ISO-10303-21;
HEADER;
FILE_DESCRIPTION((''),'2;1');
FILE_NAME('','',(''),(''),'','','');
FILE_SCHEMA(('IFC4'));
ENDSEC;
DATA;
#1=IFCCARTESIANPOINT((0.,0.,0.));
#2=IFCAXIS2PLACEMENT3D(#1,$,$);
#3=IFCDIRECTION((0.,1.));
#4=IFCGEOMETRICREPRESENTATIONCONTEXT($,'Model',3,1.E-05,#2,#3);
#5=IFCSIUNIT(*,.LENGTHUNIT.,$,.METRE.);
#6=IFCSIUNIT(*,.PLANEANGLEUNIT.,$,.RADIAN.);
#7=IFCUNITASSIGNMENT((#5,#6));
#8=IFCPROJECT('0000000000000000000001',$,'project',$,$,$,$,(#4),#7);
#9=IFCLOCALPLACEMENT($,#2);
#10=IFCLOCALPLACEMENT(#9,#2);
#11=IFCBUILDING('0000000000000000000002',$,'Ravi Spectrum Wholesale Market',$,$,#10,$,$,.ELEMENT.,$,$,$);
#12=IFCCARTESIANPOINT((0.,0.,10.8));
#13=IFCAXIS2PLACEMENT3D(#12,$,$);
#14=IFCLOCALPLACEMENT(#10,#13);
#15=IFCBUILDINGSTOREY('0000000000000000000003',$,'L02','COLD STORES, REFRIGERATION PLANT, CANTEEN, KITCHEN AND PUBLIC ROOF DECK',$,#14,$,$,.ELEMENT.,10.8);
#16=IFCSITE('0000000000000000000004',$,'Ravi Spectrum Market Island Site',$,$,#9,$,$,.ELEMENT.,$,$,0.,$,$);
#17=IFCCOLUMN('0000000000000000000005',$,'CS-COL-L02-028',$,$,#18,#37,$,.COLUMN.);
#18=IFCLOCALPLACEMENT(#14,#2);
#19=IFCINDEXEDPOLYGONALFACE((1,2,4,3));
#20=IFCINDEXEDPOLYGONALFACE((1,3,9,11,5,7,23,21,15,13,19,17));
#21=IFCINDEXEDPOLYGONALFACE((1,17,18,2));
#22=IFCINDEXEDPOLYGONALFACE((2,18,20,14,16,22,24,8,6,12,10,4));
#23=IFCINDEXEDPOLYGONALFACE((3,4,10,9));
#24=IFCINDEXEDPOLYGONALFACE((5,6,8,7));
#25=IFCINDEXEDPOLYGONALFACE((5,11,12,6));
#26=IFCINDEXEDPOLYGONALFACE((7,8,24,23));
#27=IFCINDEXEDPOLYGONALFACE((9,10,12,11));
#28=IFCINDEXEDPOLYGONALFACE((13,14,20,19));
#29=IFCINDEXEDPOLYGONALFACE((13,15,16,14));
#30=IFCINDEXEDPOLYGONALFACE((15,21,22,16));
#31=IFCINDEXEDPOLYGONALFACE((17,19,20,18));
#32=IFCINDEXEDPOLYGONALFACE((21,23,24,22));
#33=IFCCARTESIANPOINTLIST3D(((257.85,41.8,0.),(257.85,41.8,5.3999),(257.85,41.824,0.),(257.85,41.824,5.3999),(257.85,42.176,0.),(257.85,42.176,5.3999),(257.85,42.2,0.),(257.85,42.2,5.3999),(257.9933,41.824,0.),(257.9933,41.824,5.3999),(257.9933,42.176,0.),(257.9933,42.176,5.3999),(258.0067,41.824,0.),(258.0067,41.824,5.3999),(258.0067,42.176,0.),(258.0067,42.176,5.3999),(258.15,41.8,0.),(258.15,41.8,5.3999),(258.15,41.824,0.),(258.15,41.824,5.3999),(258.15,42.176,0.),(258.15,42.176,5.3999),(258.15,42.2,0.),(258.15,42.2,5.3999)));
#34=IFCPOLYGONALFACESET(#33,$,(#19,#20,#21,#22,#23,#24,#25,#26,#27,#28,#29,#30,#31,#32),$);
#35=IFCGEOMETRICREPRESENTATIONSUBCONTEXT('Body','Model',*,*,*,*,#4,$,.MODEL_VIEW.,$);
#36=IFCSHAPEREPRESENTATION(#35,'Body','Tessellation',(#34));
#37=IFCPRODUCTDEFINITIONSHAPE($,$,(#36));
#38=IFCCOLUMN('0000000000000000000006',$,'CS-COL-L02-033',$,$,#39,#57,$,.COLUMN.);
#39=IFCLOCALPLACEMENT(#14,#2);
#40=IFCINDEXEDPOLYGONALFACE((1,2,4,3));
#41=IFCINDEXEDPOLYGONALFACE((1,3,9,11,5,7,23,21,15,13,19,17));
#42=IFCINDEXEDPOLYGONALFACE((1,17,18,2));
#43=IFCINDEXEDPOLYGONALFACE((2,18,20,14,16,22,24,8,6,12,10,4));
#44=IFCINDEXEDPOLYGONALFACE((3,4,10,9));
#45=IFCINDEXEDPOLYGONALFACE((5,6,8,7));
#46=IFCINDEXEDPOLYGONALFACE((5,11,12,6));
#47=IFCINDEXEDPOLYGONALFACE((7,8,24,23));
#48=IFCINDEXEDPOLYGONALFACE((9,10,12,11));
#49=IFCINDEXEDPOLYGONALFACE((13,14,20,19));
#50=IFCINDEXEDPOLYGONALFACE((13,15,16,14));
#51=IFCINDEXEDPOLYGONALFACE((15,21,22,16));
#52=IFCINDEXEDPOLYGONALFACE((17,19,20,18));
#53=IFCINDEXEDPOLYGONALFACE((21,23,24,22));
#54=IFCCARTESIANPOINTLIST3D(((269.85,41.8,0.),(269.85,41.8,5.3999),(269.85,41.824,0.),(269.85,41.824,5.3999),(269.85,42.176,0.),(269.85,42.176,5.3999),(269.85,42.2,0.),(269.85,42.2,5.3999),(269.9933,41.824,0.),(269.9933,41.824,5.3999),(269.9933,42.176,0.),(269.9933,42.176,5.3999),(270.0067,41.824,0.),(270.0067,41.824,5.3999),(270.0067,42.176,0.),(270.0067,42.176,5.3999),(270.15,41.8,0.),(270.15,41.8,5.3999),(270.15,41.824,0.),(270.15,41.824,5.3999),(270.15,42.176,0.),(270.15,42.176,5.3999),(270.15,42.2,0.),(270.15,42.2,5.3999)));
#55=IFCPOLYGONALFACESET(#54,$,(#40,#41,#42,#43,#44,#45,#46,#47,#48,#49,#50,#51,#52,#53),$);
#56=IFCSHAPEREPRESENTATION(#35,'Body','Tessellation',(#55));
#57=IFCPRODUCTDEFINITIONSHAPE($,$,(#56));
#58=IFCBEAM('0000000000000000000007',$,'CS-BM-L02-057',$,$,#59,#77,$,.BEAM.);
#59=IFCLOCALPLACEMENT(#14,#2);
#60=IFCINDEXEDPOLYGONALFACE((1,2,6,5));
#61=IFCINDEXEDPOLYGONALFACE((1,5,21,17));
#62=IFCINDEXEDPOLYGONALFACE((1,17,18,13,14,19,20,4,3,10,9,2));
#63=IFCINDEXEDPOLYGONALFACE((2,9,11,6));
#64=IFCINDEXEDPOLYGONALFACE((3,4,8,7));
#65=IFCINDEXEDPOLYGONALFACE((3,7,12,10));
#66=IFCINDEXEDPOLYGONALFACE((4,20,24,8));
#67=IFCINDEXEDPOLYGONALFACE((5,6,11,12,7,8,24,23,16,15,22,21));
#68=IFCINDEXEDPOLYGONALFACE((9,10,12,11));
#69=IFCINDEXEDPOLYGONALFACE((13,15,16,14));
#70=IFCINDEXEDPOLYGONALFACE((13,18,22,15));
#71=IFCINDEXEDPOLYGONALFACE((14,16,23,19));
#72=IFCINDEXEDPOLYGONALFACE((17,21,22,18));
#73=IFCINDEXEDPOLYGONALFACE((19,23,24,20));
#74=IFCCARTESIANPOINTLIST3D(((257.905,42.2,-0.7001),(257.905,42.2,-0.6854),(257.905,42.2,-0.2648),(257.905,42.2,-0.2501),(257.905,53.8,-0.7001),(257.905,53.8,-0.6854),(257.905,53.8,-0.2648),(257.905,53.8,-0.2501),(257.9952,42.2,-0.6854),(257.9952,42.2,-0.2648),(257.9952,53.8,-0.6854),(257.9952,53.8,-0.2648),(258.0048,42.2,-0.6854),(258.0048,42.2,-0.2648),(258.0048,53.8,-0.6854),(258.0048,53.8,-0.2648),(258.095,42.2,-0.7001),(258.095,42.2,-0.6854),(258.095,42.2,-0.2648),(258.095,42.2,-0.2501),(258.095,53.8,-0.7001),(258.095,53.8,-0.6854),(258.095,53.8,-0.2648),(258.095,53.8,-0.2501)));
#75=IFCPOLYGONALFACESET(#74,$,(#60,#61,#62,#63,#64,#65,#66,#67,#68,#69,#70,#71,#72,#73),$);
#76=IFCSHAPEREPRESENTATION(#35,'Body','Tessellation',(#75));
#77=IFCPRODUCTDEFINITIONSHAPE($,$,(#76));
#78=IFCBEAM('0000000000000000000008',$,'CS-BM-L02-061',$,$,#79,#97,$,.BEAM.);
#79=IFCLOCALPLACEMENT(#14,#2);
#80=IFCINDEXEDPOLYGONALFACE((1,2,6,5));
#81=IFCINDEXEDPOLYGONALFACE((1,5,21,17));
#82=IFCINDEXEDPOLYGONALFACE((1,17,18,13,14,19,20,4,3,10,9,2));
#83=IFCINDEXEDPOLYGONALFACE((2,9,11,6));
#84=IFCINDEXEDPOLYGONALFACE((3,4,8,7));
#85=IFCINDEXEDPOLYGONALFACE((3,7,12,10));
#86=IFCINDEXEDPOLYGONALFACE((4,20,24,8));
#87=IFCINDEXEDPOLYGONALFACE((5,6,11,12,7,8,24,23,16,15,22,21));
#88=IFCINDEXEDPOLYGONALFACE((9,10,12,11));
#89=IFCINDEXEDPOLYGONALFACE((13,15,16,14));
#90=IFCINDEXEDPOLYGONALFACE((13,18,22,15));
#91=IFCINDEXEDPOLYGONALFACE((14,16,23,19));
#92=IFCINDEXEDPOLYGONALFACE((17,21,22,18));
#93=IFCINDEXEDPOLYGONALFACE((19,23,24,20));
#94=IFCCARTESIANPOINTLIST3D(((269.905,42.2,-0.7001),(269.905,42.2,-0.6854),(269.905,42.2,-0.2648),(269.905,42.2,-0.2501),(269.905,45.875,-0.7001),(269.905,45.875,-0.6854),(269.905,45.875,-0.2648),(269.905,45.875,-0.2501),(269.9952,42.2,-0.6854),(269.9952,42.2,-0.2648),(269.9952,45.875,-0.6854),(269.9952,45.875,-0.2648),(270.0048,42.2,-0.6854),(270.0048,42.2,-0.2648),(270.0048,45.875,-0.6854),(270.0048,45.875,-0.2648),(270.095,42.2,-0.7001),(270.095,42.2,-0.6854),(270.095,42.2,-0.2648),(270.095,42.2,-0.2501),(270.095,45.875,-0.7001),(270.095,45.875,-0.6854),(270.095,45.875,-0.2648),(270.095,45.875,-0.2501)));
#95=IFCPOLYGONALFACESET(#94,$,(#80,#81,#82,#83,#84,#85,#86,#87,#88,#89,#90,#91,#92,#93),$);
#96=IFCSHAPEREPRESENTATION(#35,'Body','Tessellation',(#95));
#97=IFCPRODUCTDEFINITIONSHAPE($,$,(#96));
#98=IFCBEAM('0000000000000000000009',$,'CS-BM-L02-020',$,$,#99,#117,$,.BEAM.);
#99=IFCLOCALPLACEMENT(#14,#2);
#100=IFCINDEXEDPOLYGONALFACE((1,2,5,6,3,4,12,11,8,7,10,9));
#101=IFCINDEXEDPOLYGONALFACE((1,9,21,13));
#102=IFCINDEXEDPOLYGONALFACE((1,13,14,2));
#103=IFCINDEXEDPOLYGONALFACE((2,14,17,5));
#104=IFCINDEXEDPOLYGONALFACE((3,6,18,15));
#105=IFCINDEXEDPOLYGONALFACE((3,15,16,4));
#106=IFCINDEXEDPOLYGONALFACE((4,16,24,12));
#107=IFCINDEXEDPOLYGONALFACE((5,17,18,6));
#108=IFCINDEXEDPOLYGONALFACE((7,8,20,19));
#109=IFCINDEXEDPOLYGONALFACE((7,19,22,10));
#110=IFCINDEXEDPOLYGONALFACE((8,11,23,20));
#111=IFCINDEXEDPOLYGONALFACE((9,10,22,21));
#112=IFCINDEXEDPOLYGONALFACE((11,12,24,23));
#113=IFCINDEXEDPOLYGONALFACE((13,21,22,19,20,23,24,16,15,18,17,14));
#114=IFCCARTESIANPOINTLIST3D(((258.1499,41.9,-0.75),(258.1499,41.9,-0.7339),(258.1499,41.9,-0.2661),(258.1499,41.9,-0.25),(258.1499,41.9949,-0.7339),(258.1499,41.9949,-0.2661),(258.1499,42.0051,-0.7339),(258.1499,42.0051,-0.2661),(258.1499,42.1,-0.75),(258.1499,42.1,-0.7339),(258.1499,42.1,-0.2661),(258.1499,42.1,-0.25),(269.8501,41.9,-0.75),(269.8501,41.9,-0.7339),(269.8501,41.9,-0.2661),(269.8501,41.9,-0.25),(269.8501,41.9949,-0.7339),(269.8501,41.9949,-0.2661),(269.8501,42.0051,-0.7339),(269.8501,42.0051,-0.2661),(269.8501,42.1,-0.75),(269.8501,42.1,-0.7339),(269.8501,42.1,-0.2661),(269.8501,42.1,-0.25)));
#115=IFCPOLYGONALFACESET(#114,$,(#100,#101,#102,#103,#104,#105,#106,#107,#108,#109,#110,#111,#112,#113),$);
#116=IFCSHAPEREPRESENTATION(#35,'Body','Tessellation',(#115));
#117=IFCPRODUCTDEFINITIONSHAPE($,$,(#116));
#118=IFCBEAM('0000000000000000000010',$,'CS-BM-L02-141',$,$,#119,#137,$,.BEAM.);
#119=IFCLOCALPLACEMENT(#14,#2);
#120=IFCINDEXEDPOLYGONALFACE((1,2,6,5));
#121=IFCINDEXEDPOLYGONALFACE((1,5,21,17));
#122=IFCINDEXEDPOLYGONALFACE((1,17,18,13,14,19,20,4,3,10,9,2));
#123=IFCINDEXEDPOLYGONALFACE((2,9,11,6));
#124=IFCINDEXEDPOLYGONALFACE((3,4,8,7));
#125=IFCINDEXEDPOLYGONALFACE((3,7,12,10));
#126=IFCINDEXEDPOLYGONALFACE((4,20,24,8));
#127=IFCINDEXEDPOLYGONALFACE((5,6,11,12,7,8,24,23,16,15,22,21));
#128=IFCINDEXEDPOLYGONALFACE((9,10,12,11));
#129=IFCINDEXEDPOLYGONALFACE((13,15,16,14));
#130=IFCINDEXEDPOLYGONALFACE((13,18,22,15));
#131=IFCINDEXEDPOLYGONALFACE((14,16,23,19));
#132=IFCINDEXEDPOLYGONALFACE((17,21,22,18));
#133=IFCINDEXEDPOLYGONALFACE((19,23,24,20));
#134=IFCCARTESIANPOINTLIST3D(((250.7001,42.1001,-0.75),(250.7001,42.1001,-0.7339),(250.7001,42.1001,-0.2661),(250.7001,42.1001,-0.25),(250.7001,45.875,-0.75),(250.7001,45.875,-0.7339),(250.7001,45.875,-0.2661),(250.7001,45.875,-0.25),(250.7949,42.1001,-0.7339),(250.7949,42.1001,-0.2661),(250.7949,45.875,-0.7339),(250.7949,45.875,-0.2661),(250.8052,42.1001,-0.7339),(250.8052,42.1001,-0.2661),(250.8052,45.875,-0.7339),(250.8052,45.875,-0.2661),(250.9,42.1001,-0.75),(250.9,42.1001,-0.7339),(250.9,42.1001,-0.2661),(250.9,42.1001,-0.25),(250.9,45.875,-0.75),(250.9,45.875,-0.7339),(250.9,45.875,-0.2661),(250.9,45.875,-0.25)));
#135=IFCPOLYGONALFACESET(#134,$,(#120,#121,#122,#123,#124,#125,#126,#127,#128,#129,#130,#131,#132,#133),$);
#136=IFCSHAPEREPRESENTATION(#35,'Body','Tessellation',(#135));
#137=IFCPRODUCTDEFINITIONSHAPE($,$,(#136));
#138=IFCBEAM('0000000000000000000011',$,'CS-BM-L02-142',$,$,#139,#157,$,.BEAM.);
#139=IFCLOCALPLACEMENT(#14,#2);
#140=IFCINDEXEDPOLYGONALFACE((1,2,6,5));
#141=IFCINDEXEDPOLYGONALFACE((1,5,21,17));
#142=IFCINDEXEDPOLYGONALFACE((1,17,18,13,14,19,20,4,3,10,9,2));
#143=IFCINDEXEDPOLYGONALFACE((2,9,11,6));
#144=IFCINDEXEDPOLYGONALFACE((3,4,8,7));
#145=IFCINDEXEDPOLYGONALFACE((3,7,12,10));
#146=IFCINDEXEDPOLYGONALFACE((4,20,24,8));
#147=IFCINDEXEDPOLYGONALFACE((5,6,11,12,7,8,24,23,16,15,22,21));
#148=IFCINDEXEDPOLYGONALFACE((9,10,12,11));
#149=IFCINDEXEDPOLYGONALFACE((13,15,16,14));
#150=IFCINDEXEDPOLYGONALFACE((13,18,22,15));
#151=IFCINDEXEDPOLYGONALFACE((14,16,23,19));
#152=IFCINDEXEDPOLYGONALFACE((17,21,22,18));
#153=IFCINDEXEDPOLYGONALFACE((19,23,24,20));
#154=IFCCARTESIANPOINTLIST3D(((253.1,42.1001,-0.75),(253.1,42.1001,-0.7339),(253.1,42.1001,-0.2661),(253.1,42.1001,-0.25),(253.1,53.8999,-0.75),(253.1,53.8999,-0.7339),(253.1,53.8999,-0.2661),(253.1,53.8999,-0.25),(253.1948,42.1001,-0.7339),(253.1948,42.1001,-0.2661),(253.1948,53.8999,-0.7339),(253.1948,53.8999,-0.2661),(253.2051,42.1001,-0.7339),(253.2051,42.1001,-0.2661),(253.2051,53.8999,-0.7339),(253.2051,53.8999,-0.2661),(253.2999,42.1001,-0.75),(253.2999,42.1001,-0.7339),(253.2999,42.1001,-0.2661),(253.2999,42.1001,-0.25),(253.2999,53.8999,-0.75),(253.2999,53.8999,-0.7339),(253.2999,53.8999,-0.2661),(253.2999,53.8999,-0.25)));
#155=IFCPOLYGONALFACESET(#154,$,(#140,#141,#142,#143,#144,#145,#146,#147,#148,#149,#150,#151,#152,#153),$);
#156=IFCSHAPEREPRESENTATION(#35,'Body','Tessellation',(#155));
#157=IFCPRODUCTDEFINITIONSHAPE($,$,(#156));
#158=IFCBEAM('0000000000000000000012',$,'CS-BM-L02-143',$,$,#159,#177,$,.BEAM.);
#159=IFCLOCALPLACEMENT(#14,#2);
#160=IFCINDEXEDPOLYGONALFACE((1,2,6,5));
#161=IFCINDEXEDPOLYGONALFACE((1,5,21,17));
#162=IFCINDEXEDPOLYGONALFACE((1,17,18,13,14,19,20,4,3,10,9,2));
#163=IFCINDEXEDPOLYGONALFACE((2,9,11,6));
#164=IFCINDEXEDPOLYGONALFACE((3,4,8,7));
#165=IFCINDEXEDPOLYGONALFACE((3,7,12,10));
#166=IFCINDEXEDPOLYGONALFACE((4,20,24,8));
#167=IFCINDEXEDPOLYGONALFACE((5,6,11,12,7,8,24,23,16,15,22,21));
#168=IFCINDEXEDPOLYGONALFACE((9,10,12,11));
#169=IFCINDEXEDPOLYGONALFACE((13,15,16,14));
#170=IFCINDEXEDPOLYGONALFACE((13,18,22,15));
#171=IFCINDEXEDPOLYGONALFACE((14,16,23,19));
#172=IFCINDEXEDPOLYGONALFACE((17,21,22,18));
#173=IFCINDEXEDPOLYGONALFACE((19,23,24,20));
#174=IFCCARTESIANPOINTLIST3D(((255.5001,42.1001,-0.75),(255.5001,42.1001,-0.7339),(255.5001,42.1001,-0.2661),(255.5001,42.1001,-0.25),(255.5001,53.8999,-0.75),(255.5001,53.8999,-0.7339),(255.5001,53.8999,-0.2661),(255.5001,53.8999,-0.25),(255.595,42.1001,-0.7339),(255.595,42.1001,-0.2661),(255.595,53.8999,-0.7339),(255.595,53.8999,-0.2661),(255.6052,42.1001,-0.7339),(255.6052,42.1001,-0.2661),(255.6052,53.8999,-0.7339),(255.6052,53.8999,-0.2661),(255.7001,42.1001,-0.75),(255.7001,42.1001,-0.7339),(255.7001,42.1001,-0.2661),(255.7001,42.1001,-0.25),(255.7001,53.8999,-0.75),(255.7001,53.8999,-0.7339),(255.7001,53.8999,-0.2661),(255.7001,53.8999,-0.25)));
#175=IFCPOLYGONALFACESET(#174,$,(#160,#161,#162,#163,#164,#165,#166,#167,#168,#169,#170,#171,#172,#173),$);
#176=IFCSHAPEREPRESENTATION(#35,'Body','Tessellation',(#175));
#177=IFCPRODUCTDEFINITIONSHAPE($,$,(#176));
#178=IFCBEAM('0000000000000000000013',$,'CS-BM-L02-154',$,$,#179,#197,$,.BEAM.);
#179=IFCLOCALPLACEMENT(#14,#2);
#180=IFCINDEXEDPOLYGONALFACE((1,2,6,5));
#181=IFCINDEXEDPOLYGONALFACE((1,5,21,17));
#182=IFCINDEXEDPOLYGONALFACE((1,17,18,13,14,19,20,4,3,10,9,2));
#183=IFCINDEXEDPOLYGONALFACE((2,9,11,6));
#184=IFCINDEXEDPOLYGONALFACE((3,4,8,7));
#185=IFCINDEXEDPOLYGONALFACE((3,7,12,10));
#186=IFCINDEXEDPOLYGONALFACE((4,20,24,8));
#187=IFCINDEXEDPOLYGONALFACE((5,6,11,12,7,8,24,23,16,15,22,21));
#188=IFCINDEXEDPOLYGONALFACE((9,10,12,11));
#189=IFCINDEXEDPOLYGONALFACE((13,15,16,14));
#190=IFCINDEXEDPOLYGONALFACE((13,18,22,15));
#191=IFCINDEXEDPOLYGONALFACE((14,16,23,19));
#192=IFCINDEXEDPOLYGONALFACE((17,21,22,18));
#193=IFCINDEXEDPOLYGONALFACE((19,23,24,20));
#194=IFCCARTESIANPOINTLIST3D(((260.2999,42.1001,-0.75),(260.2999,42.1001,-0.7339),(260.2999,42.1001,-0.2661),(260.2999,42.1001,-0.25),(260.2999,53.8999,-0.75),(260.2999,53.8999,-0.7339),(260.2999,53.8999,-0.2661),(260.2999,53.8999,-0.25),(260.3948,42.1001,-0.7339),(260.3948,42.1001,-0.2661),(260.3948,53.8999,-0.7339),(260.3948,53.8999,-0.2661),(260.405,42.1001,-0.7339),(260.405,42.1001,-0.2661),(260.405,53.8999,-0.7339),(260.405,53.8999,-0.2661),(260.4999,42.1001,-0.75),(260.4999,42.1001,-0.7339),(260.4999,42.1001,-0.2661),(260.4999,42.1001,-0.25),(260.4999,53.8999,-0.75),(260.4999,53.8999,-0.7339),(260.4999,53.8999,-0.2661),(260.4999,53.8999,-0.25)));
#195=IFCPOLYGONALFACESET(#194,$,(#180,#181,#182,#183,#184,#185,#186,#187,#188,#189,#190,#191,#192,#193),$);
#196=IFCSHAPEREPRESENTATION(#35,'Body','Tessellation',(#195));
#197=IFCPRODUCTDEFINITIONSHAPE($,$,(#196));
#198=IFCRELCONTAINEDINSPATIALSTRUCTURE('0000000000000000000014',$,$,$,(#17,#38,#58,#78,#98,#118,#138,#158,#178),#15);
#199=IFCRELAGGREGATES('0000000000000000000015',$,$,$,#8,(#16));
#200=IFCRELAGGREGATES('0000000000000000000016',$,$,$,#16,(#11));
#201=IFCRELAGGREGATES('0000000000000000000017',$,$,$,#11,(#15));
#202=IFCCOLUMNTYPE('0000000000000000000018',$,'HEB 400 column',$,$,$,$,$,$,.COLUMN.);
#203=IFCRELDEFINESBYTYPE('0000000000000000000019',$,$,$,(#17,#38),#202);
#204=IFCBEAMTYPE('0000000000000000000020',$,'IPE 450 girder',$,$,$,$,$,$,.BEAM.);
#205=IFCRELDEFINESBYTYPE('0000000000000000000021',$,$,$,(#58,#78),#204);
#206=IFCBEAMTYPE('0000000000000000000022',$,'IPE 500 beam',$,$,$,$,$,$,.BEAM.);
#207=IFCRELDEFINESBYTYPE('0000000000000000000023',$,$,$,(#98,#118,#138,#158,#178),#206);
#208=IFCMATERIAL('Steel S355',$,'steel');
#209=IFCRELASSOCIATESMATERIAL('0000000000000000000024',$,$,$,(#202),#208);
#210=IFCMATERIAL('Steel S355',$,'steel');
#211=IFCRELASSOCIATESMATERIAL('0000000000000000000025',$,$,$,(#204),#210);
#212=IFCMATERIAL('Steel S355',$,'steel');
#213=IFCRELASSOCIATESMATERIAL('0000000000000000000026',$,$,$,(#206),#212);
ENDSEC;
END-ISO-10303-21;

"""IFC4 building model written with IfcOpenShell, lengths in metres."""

from ifc_helpers import new_model, si_unit, direction, frame, origin, origin_2d, place, context, subcontext, project, spatial, i_section, extrude, material, material_profile, profile_set, type_object, element, save


model = new_model("IFC4")

# Units and contexts
model_context = context("Model", 3, precision=1e-05, world=origin(), true_north=direction((0.0, 1.0)))
body_context = subcontext(model_context, "Body", "Model", "MODEL_VIEW")
ifc_project = project(units=[si_unit("LENGTHUNIT", "METRE"), si_unit("PLANEANGLEUNIT", "RADIAN")], contexts=[model_context])

# Site, building, storey
site_placement = place(None, origin())
site = spatial("IfcSite", under=ifc_project, at=site_placement, Name="Ravi Spectrum Market Island Site", CompositionType="ELEMENT", RefElevation=0.0)
building_placement = place(site_placement, origin())
building = spatial("IfcBuilding", under=site, at=building_placement, Name="Ravi Spectrum Wholesale Market", CompositionType="ELEMENT")
storey_placement = place(building_placement, frame((0.0, 0.0, 10.8)))
storey = spatial("IfcBuildingStorey", under=building, at=storey_placement, Name="L02", Description="COLD STORES, REFRIGERATION PLANT, CANTEEN, KITCHEN AND PUBLIC ROOF DECK", CompositionType="ELEMENT", Elevation=10.8)

# Columns
ifc_material_1 = material(Name="Steel S355", Category="steel")
ifc_material_profile_1 = material_profile(ifc_material_1, i_section(OverallWidth=0.3, OverallDepth=0.3999, WebThickness=0.0134, FlangeThickness=0.0239, at=origin_2d()))
ifc_profile_set_1 = profile_set([ifc_material_profile_1], Name="Steel S355")
column_type = type_object("IfcColumnType", Name="HEB 400 column", PredefinedType="COLUMN", material=ifc_profile_set_1)
for number, where, z_axis, x_axis, name in (
    (1, (258.0, 42.0, 0.0), (0.0, 0.0, 1.0), (1.0, 0.0, 0.0), "CS-COL-L02-028"),
    (2, (270.0, 42.0, 0.0), (0.0, 0.0, 1.0), (1.0, 0.0, 0.0), "CS-COL-L02-033"),
):
    element("IfcColumn", number, at=place(storey_placement, frame(where, z_axis=z_axis, x_axis=x_axis)), inside=storey, type_object=column_type, Name=name, PredefinedType="COLUMN", context=body_context, shape_type="SweptSolid", body=[
        extrude(i_section(OverallWidth=0.3, OverallDepth=0.3999, WebThickness=0.0134, FlangeThickness=0.0239, at=origin_2d()), origin(), (0.0, 0.0, 1.0), 5.3999),
    ])

# Beams
ifc_material_2 = material(Name="Steel S355", Category="steel")
ifc_material_profile_2 = material_profile(ifc_material_2, i_section(OverallWidth=0.1899, OverallDepth=0.45, WebThickness=0.0095, FlangeThickness=0.0146, at=origin_2d()))
ifc_profile_set_2 = profile_set([ifc_material_profile_2], Name="Steel S355")
beam_type_1 = type_object("IfcBeamType", Name="IPE 450 girder", PredefinedType="BEAM", material=ifc_profile_set_2)
beam_1_placement = place(storey_placement, frame((258.0, 42.2, -0.4751), z_axis=(0.0, 1.0, 0.0), x_axis=(-1.0, 0.0, 0.0)))
element("IfcBeam", 3, at=beam_1_placement, inside=storey, type_object=beam_type_1, Name="CS-BM-L02-057", PredefinedType="BEAM", context=body_context, shape_type="SweptSolid", body=[
    extrude(i_section(OverallWidth=0.1899, OverallDepth=0.45, WebThickness=0.0095, FlangeThickness=0.0146, at=origin_2d()), origin(), (0.0, 0.0, 1.0), 11.6001),
])
beam_2_placement = place(storey_placement, frame((270.0, 42.2, -0.4751), z_axis=(0.0, 1.0, 0.0), x_axis=(-1.0, 0.0, 0.0)))
element("IfcBeam", 4, at=beam_2_placement, inside=storey, type_object=beam_type_1, Name="CS-BM-L02-061", PredefinedType="BEAM", context=body_context, shape_type="SweptSolid", body=[
    extrude(i_section(OverallWidth=0.1899, OverallDepth=0.45, WebThickness=0.0095, FlangeThickness=0.0146, at=origin_2d()), origin(), (0.0, 0.0, 1.0), 3.675),
])
ifc_material_3 = material(Name="Steel S355", Category="steel")
ifc_material_profile_3 = material_profile(ifc_material_3, i_section(OverallWidth=0.2, OverallDepth=0.5, WebThickness=0.0103, FlangeThickness=0.0161, at=origin_2d()))
ifc_profile_set_3 = profile_set([ifc_material_profile_3], Name="Steel S355")
beam_type_2 = type_object("IfcBeamType", Name="IPE 500 beam", PredefinedType="BEAM", material=ifc_profile_set_3)
beam_3_placement = place(storey_placement, frame((258.1499, 42.0, -0.5), z_axis=(1.0, 0.0, 0.0), x_axis=(0.0, 1.0, 0.0)))
element("IfcBeam", 5, at=beam_3_placement, inside=storey, type_object=beam_type_2, Name="CS-BM-L02-020", PredefinedType="BEAM", context=body_context, shape_type="SweptSolid", body=[
    extrude(i_section(OverallWidth=0.2, OverallDepth=0.5, WebThickness=0.0103, FlangeThickness=0.0161, at=origin_2d()), origin(), (0.0, 0.0, 1.0), 11.7002),
])
beam_4_placement = place(storey_placement, frame((250.8, 42.1001, -0.5), z_axis=(0.0, 1.0, 0.0), x_axis=(-1.0, 0.0, 0.0)))
element("IfcBeam", 6, at=beam_4_placement, inside=storey, type_object=beam_type_2, Name="CS-BM-L02-141", PredefinedType="BEAM", context=body_context, shape_type="SweptSolid", body=[
    extrude(i_section(OverallWidth=0.2, OverallDepth=0.5, WebThickness=0.0103, FlangeThickness=0.0161, at=origin_2d()), origin(), (0.0, 0.0, 1.0), 3.7749),
])
for number, where, z_axis, x_axis, name in (
    (7, (253.2, 42.1001, -0.5), (0.0, 1.0, 0.0), (-1.0, 0.0, 0.0), "CS-BM-L02-142"),
    (8, (255.6001, 42.1001, -0.5), (0.0, 1.0, 0.0), (-1.0, 0.0, 0.0), "CS-BM-L02-143"),
    (9, (260.3999, 42.1001, -0.5), (0.0, 1.0, 0.0), (-1.0, 0.0, 0.0), "CS-BM-L02-154"),
):
    element("IfcBeam", number, at=place(storey_placement, frame(where, z_axis=z_axis, x_axis=x_axis)), inside=storey, type_object=beam_type_2, Name=name, PredefinedType="BEAM", context=body_context, shape_type="SweptSolid", body=[
        extrude(i_section(OverallWidth=0.2, OverallDepth=0.5, WebThickness=0.0103, FlangeThickness=0.0161, at=origin_2d()), origin(), (0.0, 0.0, 1.0), 11.7998),
    ])

save(model, "model.ifc")
